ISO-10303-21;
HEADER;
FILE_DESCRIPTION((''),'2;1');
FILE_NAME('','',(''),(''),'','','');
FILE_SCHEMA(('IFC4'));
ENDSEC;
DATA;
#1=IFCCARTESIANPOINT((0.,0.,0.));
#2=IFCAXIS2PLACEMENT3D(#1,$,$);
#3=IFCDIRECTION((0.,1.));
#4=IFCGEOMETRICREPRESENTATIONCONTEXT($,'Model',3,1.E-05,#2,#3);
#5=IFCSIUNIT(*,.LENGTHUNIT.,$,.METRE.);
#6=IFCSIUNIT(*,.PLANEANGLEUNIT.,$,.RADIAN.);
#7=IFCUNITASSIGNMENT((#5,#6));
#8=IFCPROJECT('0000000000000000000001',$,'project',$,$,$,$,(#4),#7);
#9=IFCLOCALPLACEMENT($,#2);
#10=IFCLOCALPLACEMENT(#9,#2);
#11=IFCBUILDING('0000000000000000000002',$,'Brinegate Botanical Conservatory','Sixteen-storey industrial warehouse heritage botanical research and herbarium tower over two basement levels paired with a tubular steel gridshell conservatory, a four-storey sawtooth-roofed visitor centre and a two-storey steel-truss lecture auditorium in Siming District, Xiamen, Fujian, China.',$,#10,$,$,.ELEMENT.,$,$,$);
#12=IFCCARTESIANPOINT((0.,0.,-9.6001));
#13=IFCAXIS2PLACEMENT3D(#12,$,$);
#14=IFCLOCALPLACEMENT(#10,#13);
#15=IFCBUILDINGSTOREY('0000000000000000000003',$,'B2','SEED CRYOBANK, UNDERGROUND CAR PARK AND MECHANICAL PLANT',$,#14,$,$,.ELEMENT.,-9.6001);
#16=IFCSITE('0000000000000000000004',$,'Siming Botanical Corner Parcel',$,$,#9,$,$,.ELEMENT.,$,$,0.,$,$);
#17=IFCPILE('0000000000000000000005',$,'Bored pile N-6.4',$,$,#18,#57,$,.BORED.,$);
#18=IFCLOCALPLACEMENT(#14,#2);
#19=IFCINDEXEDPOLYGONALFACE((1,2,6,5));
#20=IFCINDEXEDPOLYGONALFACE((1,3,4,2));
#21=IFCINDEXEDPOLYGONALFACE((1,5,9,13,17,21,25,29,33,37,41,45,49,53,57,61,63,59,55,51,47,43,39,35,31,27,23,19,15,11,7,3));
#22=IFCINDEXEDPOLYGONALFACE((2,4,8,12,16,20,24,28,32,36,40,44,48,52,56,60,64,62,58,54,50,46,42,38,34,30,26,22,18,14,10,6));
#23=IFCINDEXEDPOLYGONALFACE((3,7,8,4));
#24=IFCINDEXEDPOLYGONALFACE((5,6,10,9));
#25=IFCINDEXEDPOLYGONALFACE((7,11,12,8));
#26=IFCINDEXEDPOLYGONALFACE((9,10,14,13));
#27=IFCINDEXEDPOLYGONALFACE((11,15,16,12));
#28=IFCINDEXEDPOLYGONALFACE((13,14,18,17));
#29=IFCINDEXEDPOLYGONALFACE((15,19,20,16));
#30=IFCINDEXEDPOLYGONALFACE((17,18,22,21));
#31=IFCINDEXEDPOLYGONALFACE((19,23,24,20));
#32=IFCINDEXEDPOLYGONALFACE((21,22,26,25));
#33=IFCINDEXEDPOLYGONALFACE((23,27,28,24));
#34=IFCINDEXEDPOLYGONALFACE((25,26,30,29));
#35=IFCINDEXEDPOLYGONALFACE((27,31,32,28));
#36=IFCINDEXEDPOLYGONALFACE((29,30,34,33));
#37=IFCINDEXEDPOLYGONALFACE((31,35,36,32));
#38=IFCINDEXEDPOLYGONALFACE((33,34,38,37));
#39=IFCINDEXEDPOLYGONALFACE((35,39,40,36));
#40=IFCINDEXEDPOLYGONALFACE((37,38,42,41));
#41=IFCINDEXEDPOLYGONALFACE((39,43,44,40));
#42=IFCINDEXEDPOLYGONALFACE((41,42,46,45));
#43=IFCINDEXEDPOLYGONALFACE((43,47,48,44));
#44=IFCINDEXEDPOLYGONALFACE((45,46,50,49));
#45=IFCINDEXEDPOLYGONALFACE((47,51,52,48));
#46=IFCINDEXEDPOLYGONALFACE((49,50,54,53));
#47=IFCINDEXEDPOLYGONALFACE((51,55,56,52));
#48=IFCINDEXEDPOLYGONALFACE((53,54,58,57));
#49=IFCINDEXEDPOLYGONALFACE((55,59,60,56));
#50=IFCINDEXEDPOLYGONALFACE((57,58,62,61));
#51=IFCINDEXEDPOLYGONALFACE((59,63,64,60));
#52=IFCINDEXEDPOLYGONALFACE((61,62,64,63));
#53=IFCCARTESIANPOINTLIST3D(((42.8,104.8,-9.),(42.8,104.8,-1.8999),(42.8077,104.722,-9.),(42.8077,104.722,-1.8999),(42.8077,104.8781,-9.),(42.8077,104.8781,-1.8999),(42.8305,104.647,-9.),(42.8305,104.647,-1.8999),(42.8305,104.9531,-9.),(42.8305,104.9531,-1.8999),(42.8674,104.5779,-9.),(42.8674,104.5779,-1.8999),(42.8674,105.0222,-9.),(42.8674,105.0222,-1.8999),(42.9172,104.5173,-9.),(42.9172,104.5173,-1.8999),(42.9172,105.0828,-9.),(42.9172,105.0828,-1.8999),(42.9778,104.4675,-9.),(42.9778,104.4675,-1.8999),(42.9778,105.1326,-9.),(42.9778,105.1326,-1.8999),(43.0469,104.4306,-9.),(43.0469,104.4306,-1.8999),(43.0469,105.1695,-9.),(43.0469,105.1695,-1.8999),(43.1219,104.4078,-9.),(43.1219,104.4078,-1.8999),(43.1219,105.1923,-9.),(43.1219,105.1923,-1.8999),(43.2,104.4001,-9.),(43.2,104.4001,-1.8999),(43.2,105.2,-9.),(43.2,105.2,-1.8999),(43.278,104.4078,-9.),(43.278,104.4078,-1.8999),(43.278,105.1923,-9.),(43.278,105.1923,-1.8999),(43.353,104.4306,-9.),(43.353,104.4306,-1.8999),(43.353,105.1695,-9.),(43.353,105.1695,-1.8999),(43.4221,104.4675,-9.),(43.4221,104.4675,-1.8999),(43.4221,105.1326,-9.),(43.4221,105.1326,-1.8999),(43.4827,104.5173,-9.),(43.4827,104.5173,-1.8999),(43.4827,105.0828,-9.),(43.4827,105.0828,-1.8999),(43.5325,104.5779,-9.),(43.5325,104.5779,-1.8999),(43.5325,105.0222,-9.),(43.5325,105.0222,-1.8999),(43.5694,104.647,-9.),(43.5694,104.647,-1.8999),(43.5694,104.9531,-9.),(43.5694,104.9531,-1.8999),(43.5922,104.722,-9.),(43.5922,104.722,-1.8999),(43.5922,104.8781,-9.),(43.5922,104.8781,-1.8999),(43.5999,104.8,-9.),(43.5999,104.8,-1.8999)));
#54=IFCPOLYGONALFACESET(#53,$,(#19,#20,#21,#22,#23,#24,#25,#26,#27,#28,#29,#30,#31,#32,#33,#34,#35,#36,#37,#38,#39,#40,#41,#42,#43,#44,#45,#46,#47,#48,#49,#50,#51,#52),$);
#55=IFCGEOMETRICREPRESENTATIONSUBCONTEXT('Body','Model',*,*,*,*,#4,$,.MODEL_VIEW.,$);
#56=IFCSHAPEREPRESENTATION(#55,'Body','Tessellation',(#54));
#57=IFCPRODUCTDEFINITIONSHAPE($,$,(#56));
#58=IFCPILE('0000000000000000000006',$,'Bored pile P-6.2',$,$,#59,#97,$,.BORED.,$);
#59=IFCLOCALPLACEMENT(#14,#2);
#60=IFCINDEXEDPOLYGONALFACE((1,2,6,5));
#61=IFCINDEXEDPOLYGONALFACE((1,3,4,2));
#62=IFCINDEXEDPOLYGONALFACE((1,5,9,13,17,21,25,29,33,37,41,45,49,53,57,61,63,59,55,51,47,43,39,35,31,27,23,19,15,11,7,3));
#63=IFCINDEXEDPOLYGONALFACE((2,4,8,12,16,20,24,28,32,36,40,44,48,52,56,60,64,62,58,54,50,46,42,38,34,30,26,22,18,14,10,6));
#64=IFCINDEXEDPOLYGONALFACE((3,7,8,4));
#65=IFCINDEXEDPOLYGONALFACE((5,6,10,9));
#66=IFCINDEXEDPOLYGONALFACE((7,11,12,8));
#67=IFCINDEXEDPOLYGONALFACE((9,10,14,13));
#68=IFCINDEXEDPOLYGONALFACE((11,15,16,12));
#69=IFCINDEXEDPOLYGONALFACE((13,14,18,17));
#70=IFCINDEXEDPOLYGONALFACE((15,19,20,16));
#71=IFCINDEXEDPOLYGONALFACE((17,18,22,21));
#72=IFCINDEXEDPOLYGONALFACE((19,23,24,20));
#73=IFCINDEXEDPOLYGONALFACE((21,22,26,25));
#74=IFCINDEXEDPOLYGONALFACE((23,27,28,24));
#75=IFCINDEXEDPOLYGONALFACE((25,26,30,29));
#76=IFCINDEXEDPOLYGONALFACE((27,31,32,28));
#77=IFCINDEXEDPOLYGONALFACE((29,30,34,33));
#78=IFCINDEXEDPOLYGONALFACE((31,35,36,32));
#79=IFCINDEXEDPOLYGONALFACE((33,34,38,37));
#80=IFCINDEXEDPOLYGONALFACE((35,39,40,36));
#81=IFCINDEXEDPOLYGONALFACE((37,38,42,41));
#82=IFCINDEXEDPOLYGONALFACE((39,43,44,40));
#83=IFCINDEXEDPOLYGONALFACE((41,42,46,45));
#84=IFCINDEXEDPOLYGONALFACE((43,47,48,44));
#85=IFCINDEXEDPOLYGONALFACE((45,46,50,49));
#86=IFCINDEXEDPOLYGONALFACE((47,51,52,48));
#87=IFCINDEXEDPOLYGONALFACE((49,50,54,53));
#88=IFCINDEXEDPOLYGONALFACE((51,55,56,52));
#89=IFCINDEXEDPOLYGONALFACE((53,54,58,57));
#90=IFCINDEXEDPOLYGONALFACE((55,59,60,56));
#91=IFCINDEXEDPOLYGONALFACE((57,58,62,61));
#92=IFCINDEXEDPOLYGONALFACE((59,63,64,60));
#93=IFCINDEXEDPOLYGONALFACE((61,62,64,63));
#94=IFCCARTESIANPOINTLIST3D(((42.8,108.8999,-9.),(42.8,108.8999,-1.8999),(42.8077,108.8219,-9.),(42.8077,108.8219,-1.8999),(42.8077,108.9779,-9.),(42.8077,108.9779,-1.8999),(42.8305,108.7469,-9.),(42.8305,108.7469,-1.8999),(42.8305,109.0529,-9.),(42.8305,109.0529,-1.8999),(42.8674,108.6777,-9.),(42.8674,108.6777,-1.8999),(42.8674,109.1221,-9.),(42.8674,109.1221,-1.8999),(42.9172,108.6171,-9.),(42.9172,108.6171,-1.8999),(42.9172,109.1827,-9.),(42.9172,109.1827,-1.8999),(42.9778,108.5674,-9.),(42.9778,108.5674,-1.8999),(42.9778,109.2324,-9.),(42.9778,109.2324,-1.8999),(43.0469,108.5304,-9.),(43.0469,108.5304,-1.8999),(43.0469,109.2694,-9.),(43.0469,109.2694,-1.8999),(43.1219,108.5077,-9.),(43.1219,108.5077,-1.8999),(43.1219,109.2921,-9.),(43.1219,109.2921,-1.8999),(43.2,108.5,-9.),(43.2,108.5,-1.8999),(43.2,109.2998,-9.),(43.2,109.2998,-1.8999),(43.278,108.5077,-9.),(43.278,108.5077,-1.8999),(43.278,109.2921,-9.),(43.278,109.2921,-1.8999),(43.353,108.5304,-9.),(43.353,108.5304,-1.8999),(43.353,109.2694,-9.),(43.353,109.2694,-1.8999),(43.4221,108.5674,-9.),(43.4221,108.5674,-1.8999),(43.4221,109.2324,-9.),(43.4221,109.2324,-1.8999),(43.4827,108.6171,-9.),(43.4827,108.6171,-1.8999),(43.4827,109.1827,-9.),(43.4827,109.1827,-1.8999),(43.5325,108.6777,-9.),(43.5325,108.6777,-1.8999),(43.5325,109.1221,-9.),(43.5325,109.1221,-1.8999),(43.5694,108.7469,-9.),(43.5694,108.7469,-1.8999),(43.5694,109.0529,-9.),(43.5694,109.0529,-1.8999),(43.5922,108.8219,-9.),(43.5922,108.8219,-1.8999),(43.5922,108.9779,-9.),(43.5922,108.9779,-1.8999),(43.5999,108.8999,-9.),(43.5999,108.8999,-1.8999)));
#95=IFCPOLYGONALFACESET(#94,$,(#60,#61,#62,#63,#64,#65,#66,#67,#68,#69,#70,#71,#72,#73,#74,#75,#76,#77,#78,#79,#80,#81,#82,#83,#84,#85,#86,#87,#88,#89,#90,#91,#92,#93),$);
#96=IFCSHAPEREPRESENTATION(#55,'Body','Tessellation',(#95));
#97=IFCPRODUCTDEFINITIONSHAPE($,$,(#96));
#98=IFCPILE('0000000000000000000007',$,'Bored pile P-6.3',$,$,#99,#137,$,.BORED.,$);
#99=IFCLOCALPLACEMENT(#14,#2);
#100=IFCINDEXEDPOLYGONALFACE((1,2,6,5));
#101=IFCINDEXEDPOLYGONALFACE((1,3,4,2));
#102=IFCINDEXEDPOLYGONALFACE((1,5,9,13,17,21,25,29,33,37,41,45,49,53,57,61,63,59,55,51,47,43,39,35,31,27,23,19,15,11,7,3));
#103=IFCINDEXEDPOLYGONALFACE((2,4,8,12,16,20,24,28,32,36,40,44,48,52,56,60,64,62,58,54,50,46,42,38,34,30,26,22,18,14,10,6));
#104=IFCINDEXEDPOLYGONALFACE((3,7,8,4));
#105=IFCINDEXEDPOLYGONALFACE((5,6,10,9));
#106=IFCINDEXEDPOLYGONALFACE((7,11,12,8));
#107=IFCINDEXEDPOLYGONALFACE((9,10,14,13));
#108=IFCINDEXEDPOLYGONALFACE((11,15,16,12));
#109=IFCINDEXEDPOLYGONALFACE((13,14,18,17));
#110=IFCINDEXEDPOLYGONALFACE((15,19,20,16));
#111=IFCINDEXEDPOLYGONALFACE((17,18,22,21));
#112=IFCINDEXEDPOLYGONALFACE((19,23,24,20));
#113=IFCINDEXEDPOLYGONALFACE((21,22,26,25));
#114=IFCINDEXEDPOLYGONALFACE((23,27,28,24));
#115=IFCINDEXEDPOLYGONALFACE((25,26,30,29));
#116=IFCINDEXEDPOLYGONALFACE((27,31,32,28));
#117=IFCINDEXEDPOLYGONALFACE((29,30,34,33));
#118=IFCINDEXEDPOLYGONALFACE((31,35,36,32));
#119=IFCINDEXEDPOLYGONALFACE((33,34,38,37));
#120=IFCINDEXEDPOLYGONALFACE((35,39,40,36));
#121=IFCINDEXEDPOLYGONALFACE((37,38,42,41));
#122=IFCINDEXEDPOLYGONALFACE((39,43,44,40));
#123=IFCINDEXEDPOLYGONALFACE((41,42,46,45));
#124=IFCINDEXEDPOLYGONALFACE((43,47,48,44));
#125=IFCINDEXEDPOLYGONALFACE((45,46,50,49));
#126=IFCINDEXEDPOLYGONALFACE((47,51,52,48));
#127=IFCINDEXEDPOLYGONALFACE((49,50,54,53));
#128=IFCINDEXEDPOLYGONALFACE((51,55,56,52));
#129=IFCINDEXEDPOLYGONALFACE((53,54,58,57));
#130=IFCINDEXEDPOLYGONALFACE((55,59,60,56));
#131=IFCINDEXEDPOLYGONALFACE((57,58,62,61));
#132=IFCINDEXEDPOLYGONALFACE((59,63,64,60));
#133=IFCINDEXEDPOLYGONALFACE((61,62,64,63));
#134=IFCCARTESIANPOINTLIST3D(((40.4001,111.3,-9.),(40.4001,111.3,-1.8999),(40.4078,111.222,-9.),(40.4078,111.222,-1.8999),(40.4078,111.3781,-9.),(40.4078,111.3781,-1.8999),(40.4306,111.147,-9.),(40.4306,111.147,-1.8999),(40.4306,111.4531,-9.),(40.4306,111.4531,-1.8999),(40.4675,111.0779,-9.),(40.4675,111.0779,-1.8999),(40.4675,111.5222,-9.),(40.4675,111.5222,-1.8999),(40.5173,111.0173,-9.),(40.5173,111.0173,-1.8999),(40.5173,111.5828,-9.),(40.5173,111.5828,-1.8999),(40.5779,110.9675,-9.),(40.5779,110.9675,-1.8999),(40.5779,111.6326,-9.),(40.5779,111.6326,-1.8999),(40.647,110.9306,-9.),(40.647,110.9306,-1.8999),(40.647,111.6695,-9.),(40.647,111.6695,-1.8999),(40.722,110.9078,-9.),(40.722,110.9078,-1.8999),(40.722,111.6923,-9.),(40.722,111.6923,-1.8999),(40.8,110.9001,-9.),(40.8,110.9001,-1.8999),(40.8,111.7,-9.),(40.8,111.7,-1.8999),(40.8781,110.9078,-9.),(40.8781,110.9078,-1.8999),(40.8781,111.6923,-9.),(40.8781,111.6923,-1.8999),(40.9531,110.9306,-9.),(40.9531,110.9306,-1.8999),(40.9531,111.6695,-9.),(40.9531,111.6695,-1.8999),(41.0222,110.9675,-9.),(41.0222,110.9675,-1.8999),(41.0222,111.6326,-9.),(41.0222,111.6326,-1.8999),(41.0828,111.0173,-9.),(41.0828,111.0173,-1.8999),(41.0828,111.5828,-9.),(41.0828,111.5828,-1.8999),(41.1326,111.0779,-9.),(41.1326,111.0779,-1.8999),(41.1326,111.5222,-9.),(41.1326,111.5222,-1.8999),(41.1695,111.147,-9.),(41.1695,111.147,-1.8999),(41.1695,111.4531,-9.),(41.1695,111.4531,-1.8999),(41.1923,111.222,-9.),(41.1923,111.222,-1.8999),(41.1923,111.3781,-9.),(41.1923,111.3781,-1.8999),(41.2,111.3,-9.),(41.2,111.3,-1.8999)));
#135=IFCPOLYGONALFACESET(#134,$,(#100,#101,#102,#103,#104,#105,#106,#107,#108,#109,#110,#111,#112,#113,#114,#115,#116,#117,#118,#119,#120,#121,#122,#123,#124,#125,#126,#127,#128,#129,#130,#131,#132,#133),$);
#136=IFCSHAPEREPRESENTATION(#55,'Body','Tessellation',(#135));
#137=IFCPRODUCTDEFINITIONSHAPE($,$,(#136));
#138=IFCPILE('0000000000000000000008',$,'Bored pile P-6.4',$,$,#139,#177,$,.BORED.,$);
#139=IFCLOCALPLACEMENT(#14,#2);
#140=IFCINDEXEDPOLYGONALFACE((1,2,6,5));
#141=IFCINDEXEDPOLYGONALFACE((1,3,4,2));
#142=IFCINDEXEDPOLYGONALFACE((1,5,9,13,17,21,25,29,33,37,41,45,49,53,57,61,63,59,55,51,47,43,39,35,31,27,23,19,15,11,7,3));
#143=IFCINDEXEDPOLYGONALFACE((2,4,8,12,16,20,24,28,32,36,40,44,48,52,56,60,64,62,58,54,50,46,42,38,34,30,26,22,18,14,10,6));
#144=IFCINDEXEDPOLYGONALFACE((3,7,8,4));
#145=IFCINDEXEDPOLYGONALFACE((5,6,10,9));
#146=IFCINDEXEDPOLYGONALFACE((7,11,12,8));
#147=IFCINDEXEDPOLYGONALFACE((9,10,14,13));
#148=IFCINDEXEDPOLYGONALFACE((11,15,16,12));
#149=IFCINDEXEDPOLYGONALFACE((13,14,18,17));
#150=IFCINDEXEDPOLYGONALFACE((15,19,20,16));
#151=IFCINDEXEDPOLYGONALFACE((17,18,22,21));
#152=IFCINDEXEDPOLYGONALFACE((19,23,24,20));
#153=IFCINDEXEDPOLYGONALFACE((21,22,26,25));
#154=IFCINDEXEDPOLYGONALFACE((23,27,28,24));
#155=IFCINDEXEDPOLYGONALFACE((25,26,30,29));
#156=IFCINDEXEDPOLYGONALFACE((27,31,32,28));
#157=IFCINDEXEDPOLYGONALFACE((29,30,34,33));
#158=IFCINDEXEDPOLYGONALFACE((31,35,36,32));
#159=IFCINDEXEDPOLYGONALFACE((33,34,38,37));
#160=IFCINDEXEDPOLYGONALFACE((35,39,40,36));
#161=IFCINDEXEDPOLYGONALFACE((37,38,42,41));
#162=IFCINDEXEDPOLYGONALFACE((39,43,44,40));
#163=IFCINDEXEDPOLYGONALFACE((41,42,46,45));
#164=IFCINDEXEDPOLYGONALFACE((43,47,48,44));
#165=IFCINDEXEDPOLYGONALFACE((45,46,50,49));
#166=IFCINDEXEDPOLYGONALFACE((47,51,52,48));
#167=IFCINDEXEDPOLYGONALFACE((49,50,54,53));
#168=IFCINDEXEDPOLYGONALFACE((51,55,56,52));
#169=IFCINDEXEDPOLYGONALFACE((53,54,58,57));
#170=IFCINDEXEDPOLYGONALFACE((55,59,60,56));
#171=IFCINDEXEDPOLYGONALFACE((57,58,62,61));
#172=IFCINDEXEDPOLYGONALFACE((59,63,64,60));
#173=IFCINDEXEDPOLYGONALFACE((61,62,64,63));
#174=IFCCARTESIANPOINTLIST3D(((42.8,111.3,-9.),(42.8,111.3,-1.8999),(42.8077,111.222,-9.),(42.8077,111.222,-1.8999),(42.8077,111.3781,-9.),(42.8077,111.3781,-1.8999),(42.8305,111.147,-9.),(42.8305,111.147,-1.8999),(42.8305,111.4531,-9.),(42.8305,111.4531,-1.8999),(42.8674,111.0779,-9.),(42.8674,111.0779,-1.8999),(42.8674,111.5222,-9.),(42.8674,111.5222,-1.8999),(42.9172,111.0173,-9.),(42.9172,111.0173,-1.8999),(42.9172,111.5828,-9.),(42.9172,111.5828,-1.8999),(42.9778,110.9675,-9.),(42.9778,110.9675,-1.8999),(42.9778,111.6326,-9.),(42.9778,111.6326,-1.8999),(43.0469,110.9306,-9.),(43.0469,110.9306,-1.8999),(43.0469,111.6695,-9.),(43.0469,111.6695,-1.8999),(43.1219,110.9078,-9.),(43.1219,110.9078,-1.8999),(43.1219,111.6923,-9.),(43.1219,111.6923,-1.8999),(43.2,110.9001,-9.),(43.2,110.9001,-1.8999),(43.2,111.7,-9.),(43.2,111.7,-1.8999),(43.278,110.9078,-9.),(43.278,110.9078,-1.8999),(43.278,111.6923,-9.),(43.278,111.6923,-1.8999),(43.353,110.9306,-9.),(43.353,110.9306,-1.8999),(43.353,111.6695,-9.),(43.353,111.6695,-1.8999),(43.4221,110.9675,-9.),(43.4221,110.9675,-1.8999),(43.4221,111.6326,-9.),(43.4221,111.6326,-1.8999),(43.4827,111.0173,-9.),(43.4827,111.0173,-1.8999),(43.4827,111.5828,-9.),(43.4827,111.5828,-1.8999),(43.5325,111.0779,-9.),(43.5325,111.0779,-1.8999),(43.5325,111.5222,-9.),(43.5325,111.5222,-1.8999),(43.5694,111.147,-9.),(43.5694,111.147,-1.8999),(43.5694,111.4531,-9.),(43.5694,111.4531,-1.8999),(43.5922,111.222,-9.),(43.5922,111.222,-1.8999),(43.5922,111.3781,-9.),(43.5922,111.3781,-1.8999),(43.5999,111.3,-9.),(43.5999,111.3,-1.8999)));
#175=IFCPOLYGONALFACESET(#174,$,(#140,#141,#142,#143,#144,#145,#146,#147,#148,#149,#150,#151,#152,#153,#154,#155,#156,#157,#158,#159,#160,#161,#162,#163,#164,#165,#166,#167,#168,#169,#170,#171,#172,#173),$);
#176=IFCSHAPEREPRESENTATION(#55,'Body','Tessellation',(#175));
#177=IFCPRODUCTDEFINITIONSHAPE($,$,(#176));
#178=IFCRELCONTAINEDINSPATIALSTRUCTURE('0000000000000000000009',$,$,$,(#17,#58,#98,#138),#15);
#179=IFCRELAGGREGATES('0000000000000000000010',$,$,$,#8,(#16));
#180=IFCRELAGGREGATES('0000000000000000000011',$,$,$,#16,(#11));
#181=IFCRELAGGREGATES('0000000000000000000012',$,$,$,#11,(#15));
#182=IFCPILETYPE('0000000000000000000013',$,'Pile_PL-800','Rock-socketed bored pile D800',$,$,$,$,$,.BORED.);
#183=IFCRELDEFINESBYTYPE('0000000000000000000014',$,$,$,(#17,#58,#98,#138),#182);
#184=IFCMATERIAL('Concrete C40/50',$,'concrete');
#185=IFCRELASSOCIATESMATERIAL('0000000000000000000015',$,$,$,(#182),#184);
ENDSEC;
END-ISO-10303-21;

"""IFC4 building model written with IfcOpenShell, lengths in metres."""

from ifc_helpers import new_model, si_unit, direction, frame, origin, origin_2d, place, context, subcontext, project, spatial, circle, extrude, material, material_profile, profile_set, type_object, element, save


model = new_model("IFC4")

# Units and contexts
model_context = context("Model", 3, precision=1e-05, world=origin(), true_north=direction((0.0, 1.0)))
body_context = subcontext(model_context, "Body", "Model", "MODEL_VIEW")
ifc_project = project(units=[si_unit("LENGTHUNIT", "METRE"), si_unit("PLANEANGLEUNIT", "RADIAN")], contexts=[model_context])

# Site, building, storey
site_placement = place(None, origin())
site = spatial("IfcSite", under=ifc_project, at=site_placement, Name="Siming Botanical Corner Parcel", CompositionType="ELEMENT", RefElevation=0.0)
building_placement = place(site_placement, origin())
building = spatial("IfcBuilding", under=site, at=building_placement, Name="Brinegate Botanical Conservatory", Description="Sixteen-storey industrial warehouse heritage botanical research and herbarium tower over two basement levels paired with a tubular steel gridshell conservatory, a four-storey sawtooth-roofed visitor centre and a two-storey steel-truss lecture auditorium in Siming District, Xiamen, Fujian, China.", CompositionType="ELEMENT")
storey_placement = place(building_placement, frame((0.0, 0.0, -9.6001)))
storey = spatial("IfcBuildingStorey", under=building, at=storey_placement, Name="B2", Description="SEED CRYOBANK, UNDERGROUND CAR PARK AND MECHANICAL PLANT", CompositionType="ELEMENT", Elevation=-9.6001)

# Shared definitions
ifc_material = material(Name="Concrete C40/50", Category="concrete")

# Piles
ifc_material_profile_1 = material_profile(ifc_material, circle(Radius=0.3999, at=origin_2d()), Name="PILE D800")
ifc_profile_set_1 = profile_set([ifc_material_profile_1], Name="Concrete C40/50")
pile_type = type_object("IfcPileType", Name="Pile_PL-800", Description="Rock-socketed bored pile D800", PredefinedType="BORED", material=ifc_profile_set_1)
for number, where, z_axis, x_axis, name in (
    (1, (43.2, 104.8, -1.8999), (0.0, 0.0, -1.0), (1.0, 0.0, 0.0), "Bored pile N-6.4"),
    (2, (43.2, 108.8999, -1.8999), (0.0, 0.0, -1.0), (1.0, 0.0, 0.0), "Bored pile P-6.2"),
    (3, (40.8, 111.3, -1.8999), (0.0, 0.0, -1.0), (1.0, 0.0, 0.0), "Bored pile P-6.3"),
    (4, (43.2, 111.3, -1.8999), (0.0, 0.0, -1.0), (1.0, 0.0, 0.0), "Bored pile P-6.4"),
):
    element("IfcPile", number, at=place(storey_placement, frame(where, z_axis=z_axis, x_axis=x_axis)), inside=storey, type_object=pile_type, Name=name, PredefinedType="BORED", context=body_context, shape_type="SweptSolid", body=[
        extrude(circle(Radius=0.3999, at=origin_2d()), origin(), (0.0, 0.0, 1.0), 7.1001),
    ])

save(model, "model.ifc")
